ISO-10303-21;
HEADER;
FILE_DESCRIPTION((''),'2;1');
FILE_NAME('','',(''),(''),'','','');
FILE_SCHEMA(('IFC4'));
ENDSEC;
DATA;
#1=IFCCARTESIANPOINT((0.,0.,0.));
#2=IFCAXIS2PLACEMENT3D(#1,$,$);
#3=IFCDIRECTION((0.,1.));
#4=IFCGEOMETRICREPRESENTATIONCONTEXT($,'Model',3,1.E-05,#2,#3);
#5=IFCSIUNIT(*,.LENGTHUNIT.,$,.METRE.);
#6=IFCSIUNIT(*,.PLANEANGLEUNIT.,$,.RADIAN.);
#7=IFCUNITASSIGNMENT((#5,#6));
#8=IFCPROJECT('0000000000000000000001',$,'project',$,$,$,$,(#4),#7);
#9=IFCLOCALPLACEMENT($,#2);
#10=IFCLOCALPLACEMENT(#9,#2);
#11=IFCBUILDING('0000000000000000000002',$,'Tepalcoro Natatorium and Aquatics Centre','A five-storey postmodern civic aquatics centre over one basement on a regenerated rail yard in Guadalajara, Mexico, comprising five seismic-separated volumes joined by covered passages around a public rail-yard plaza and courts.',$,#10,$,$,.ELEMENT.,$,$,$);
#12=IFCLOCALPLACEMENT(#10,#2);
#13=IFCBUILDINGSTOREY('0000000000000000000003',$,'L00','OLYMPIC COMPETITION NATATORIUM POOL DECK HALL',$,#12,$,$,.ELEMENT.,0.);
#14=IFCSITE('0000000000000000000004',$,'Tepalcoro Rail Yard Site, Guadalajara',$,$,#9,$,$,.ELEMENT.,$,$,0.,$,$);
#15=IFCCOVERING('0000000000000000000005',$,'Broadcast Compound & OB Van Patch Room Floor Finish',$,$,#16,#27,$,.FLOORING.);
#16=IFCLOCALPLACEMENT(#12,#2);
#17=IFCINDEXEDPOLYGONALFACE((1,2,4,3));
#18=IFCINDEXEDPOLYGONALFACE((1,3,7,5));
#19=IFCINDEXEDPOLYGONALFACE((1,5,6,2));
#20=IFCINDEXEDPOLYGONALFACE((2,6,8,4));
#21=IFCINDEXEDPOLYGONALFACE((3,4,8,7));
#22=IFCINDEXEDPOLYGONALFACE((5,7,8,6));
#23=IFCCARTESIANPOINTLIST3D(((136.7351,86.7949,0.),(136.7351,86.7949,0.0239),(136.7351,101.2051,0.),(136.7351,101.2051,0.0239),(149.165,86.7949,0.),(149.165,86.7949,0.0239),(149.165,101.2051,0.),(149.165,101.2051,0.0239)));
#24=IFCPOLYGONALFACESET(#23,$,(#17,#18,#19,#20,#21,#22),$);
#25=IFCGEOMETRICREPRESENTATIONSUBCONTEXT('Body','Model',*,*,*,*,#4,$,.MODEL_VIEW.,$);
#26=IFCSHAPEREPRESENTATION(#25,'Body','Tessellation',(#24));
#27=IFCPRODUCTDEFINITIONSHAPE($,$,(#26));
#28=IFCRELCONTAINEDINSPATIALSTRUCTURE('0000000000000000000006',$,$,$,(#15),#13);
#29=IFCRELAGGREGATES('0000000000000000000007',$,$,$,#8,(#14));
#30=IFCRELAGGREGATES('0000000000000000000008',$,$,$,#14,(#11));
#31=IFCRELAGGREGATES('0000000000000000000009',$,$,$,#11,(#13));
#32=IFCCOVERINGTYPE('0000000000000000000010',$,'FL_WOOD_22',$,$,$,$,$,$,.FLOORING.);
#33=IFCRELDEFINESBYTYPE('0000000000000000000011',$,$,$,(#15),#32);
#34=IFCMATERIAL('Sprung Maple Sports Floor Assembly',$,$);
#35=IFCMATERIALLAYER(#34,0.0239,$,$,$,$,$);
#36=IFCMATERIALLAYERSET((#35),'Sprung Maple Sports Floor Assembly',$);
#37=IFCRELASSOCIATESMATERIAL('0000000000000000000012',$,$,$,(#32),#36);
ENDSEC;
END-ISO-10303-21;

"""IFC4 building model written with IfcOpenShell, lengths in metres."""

from ifc_helpers import new_model, si_unit, direction, origin, place, context, subcontext, project, spatial, polyline, outline, extrude, material, layer, layer_set, type_object, element, save


model = new_model("IFC4")

# Units and contexts
model_context = context("Model", 3, precision=1e-05, world=origin(), true_north=direction((0.0, 1.0)))
body_context = subcontext(model_context, "Body", "Model", "MODEL_VIEW")
ifc_project = project(units=[si_unit("LENGTHUNIT", "METRE"), si_unit("PLANEANGLEUNIT", "RADIAN")], contexts=[model_context])

# Site, building, storey
site_placement = place(None, origin())
site = spatial("IfcSite", under=ifc_project, at=site_placement, Name="Tepalcoro Rail Yard Site, Guadalajara", CompositionType="ELEMENT", RefElevation=0.0)
building_placement = place(site_placement, origin())
building = spatial("IfcBuilding", under=site, at=building_placement, Name="Tepalcoro Natatorium and Aquatics Centre", Description="A five-storey postmodern civic aquatics centre over one basement on a regenerated rail yard in Guadalajara, Mexico, comprising five seismic-separated volumes joined by covered passages around a public rail-yard plaza and courts.", CompositionType="ELEMENT")
storey_placement = place(building_placement, origin())
storey = spatial("IfcBuildingStorey", under=building, at=storey_placement, Name="L00", Description="OLYMPIC COMPETITION NATATORIUM POOL DECK HALL", CompositionType="ELEMENT", Elevation=0.0)

# Covering
ifc_material_1 = material(Name="Sprung Maple Sports Floor Assembly")
ifc_layer_1 = layer(ifc_material_1, 0.0239)
ifc_layer_set_1 = layer_set([ifc_layer_1], Name="Sprung Maple Sports Floor Assembly")
covering_type_1 = type_object("IfcCoveringType", Name="FL_WOOD_22", PredefinedType="FLOORING", material=ifc_layer_set_1)
covering_1_placement = place(storey_placement, origin())
element("IfcCovering", 1, at=covering_1_placement, inside=storey, type_object=covering_type_1, Name="Broadcast Compound & OB Van Patch Room Floor Finish", PredefinedType="FLOORING", context=body_context, shape_type="SweptSolid", body=[
    extrude(outline(polyline([(136.7351, 86.7949), (136.7351, 101.2051), (149.165, 101.2051), (149.165, 86.7949), (136.7351, 86.7949)])), origin(), (0.0, 0.0, 1.0), 0.0239),
])

save(model, "model.ifc")
